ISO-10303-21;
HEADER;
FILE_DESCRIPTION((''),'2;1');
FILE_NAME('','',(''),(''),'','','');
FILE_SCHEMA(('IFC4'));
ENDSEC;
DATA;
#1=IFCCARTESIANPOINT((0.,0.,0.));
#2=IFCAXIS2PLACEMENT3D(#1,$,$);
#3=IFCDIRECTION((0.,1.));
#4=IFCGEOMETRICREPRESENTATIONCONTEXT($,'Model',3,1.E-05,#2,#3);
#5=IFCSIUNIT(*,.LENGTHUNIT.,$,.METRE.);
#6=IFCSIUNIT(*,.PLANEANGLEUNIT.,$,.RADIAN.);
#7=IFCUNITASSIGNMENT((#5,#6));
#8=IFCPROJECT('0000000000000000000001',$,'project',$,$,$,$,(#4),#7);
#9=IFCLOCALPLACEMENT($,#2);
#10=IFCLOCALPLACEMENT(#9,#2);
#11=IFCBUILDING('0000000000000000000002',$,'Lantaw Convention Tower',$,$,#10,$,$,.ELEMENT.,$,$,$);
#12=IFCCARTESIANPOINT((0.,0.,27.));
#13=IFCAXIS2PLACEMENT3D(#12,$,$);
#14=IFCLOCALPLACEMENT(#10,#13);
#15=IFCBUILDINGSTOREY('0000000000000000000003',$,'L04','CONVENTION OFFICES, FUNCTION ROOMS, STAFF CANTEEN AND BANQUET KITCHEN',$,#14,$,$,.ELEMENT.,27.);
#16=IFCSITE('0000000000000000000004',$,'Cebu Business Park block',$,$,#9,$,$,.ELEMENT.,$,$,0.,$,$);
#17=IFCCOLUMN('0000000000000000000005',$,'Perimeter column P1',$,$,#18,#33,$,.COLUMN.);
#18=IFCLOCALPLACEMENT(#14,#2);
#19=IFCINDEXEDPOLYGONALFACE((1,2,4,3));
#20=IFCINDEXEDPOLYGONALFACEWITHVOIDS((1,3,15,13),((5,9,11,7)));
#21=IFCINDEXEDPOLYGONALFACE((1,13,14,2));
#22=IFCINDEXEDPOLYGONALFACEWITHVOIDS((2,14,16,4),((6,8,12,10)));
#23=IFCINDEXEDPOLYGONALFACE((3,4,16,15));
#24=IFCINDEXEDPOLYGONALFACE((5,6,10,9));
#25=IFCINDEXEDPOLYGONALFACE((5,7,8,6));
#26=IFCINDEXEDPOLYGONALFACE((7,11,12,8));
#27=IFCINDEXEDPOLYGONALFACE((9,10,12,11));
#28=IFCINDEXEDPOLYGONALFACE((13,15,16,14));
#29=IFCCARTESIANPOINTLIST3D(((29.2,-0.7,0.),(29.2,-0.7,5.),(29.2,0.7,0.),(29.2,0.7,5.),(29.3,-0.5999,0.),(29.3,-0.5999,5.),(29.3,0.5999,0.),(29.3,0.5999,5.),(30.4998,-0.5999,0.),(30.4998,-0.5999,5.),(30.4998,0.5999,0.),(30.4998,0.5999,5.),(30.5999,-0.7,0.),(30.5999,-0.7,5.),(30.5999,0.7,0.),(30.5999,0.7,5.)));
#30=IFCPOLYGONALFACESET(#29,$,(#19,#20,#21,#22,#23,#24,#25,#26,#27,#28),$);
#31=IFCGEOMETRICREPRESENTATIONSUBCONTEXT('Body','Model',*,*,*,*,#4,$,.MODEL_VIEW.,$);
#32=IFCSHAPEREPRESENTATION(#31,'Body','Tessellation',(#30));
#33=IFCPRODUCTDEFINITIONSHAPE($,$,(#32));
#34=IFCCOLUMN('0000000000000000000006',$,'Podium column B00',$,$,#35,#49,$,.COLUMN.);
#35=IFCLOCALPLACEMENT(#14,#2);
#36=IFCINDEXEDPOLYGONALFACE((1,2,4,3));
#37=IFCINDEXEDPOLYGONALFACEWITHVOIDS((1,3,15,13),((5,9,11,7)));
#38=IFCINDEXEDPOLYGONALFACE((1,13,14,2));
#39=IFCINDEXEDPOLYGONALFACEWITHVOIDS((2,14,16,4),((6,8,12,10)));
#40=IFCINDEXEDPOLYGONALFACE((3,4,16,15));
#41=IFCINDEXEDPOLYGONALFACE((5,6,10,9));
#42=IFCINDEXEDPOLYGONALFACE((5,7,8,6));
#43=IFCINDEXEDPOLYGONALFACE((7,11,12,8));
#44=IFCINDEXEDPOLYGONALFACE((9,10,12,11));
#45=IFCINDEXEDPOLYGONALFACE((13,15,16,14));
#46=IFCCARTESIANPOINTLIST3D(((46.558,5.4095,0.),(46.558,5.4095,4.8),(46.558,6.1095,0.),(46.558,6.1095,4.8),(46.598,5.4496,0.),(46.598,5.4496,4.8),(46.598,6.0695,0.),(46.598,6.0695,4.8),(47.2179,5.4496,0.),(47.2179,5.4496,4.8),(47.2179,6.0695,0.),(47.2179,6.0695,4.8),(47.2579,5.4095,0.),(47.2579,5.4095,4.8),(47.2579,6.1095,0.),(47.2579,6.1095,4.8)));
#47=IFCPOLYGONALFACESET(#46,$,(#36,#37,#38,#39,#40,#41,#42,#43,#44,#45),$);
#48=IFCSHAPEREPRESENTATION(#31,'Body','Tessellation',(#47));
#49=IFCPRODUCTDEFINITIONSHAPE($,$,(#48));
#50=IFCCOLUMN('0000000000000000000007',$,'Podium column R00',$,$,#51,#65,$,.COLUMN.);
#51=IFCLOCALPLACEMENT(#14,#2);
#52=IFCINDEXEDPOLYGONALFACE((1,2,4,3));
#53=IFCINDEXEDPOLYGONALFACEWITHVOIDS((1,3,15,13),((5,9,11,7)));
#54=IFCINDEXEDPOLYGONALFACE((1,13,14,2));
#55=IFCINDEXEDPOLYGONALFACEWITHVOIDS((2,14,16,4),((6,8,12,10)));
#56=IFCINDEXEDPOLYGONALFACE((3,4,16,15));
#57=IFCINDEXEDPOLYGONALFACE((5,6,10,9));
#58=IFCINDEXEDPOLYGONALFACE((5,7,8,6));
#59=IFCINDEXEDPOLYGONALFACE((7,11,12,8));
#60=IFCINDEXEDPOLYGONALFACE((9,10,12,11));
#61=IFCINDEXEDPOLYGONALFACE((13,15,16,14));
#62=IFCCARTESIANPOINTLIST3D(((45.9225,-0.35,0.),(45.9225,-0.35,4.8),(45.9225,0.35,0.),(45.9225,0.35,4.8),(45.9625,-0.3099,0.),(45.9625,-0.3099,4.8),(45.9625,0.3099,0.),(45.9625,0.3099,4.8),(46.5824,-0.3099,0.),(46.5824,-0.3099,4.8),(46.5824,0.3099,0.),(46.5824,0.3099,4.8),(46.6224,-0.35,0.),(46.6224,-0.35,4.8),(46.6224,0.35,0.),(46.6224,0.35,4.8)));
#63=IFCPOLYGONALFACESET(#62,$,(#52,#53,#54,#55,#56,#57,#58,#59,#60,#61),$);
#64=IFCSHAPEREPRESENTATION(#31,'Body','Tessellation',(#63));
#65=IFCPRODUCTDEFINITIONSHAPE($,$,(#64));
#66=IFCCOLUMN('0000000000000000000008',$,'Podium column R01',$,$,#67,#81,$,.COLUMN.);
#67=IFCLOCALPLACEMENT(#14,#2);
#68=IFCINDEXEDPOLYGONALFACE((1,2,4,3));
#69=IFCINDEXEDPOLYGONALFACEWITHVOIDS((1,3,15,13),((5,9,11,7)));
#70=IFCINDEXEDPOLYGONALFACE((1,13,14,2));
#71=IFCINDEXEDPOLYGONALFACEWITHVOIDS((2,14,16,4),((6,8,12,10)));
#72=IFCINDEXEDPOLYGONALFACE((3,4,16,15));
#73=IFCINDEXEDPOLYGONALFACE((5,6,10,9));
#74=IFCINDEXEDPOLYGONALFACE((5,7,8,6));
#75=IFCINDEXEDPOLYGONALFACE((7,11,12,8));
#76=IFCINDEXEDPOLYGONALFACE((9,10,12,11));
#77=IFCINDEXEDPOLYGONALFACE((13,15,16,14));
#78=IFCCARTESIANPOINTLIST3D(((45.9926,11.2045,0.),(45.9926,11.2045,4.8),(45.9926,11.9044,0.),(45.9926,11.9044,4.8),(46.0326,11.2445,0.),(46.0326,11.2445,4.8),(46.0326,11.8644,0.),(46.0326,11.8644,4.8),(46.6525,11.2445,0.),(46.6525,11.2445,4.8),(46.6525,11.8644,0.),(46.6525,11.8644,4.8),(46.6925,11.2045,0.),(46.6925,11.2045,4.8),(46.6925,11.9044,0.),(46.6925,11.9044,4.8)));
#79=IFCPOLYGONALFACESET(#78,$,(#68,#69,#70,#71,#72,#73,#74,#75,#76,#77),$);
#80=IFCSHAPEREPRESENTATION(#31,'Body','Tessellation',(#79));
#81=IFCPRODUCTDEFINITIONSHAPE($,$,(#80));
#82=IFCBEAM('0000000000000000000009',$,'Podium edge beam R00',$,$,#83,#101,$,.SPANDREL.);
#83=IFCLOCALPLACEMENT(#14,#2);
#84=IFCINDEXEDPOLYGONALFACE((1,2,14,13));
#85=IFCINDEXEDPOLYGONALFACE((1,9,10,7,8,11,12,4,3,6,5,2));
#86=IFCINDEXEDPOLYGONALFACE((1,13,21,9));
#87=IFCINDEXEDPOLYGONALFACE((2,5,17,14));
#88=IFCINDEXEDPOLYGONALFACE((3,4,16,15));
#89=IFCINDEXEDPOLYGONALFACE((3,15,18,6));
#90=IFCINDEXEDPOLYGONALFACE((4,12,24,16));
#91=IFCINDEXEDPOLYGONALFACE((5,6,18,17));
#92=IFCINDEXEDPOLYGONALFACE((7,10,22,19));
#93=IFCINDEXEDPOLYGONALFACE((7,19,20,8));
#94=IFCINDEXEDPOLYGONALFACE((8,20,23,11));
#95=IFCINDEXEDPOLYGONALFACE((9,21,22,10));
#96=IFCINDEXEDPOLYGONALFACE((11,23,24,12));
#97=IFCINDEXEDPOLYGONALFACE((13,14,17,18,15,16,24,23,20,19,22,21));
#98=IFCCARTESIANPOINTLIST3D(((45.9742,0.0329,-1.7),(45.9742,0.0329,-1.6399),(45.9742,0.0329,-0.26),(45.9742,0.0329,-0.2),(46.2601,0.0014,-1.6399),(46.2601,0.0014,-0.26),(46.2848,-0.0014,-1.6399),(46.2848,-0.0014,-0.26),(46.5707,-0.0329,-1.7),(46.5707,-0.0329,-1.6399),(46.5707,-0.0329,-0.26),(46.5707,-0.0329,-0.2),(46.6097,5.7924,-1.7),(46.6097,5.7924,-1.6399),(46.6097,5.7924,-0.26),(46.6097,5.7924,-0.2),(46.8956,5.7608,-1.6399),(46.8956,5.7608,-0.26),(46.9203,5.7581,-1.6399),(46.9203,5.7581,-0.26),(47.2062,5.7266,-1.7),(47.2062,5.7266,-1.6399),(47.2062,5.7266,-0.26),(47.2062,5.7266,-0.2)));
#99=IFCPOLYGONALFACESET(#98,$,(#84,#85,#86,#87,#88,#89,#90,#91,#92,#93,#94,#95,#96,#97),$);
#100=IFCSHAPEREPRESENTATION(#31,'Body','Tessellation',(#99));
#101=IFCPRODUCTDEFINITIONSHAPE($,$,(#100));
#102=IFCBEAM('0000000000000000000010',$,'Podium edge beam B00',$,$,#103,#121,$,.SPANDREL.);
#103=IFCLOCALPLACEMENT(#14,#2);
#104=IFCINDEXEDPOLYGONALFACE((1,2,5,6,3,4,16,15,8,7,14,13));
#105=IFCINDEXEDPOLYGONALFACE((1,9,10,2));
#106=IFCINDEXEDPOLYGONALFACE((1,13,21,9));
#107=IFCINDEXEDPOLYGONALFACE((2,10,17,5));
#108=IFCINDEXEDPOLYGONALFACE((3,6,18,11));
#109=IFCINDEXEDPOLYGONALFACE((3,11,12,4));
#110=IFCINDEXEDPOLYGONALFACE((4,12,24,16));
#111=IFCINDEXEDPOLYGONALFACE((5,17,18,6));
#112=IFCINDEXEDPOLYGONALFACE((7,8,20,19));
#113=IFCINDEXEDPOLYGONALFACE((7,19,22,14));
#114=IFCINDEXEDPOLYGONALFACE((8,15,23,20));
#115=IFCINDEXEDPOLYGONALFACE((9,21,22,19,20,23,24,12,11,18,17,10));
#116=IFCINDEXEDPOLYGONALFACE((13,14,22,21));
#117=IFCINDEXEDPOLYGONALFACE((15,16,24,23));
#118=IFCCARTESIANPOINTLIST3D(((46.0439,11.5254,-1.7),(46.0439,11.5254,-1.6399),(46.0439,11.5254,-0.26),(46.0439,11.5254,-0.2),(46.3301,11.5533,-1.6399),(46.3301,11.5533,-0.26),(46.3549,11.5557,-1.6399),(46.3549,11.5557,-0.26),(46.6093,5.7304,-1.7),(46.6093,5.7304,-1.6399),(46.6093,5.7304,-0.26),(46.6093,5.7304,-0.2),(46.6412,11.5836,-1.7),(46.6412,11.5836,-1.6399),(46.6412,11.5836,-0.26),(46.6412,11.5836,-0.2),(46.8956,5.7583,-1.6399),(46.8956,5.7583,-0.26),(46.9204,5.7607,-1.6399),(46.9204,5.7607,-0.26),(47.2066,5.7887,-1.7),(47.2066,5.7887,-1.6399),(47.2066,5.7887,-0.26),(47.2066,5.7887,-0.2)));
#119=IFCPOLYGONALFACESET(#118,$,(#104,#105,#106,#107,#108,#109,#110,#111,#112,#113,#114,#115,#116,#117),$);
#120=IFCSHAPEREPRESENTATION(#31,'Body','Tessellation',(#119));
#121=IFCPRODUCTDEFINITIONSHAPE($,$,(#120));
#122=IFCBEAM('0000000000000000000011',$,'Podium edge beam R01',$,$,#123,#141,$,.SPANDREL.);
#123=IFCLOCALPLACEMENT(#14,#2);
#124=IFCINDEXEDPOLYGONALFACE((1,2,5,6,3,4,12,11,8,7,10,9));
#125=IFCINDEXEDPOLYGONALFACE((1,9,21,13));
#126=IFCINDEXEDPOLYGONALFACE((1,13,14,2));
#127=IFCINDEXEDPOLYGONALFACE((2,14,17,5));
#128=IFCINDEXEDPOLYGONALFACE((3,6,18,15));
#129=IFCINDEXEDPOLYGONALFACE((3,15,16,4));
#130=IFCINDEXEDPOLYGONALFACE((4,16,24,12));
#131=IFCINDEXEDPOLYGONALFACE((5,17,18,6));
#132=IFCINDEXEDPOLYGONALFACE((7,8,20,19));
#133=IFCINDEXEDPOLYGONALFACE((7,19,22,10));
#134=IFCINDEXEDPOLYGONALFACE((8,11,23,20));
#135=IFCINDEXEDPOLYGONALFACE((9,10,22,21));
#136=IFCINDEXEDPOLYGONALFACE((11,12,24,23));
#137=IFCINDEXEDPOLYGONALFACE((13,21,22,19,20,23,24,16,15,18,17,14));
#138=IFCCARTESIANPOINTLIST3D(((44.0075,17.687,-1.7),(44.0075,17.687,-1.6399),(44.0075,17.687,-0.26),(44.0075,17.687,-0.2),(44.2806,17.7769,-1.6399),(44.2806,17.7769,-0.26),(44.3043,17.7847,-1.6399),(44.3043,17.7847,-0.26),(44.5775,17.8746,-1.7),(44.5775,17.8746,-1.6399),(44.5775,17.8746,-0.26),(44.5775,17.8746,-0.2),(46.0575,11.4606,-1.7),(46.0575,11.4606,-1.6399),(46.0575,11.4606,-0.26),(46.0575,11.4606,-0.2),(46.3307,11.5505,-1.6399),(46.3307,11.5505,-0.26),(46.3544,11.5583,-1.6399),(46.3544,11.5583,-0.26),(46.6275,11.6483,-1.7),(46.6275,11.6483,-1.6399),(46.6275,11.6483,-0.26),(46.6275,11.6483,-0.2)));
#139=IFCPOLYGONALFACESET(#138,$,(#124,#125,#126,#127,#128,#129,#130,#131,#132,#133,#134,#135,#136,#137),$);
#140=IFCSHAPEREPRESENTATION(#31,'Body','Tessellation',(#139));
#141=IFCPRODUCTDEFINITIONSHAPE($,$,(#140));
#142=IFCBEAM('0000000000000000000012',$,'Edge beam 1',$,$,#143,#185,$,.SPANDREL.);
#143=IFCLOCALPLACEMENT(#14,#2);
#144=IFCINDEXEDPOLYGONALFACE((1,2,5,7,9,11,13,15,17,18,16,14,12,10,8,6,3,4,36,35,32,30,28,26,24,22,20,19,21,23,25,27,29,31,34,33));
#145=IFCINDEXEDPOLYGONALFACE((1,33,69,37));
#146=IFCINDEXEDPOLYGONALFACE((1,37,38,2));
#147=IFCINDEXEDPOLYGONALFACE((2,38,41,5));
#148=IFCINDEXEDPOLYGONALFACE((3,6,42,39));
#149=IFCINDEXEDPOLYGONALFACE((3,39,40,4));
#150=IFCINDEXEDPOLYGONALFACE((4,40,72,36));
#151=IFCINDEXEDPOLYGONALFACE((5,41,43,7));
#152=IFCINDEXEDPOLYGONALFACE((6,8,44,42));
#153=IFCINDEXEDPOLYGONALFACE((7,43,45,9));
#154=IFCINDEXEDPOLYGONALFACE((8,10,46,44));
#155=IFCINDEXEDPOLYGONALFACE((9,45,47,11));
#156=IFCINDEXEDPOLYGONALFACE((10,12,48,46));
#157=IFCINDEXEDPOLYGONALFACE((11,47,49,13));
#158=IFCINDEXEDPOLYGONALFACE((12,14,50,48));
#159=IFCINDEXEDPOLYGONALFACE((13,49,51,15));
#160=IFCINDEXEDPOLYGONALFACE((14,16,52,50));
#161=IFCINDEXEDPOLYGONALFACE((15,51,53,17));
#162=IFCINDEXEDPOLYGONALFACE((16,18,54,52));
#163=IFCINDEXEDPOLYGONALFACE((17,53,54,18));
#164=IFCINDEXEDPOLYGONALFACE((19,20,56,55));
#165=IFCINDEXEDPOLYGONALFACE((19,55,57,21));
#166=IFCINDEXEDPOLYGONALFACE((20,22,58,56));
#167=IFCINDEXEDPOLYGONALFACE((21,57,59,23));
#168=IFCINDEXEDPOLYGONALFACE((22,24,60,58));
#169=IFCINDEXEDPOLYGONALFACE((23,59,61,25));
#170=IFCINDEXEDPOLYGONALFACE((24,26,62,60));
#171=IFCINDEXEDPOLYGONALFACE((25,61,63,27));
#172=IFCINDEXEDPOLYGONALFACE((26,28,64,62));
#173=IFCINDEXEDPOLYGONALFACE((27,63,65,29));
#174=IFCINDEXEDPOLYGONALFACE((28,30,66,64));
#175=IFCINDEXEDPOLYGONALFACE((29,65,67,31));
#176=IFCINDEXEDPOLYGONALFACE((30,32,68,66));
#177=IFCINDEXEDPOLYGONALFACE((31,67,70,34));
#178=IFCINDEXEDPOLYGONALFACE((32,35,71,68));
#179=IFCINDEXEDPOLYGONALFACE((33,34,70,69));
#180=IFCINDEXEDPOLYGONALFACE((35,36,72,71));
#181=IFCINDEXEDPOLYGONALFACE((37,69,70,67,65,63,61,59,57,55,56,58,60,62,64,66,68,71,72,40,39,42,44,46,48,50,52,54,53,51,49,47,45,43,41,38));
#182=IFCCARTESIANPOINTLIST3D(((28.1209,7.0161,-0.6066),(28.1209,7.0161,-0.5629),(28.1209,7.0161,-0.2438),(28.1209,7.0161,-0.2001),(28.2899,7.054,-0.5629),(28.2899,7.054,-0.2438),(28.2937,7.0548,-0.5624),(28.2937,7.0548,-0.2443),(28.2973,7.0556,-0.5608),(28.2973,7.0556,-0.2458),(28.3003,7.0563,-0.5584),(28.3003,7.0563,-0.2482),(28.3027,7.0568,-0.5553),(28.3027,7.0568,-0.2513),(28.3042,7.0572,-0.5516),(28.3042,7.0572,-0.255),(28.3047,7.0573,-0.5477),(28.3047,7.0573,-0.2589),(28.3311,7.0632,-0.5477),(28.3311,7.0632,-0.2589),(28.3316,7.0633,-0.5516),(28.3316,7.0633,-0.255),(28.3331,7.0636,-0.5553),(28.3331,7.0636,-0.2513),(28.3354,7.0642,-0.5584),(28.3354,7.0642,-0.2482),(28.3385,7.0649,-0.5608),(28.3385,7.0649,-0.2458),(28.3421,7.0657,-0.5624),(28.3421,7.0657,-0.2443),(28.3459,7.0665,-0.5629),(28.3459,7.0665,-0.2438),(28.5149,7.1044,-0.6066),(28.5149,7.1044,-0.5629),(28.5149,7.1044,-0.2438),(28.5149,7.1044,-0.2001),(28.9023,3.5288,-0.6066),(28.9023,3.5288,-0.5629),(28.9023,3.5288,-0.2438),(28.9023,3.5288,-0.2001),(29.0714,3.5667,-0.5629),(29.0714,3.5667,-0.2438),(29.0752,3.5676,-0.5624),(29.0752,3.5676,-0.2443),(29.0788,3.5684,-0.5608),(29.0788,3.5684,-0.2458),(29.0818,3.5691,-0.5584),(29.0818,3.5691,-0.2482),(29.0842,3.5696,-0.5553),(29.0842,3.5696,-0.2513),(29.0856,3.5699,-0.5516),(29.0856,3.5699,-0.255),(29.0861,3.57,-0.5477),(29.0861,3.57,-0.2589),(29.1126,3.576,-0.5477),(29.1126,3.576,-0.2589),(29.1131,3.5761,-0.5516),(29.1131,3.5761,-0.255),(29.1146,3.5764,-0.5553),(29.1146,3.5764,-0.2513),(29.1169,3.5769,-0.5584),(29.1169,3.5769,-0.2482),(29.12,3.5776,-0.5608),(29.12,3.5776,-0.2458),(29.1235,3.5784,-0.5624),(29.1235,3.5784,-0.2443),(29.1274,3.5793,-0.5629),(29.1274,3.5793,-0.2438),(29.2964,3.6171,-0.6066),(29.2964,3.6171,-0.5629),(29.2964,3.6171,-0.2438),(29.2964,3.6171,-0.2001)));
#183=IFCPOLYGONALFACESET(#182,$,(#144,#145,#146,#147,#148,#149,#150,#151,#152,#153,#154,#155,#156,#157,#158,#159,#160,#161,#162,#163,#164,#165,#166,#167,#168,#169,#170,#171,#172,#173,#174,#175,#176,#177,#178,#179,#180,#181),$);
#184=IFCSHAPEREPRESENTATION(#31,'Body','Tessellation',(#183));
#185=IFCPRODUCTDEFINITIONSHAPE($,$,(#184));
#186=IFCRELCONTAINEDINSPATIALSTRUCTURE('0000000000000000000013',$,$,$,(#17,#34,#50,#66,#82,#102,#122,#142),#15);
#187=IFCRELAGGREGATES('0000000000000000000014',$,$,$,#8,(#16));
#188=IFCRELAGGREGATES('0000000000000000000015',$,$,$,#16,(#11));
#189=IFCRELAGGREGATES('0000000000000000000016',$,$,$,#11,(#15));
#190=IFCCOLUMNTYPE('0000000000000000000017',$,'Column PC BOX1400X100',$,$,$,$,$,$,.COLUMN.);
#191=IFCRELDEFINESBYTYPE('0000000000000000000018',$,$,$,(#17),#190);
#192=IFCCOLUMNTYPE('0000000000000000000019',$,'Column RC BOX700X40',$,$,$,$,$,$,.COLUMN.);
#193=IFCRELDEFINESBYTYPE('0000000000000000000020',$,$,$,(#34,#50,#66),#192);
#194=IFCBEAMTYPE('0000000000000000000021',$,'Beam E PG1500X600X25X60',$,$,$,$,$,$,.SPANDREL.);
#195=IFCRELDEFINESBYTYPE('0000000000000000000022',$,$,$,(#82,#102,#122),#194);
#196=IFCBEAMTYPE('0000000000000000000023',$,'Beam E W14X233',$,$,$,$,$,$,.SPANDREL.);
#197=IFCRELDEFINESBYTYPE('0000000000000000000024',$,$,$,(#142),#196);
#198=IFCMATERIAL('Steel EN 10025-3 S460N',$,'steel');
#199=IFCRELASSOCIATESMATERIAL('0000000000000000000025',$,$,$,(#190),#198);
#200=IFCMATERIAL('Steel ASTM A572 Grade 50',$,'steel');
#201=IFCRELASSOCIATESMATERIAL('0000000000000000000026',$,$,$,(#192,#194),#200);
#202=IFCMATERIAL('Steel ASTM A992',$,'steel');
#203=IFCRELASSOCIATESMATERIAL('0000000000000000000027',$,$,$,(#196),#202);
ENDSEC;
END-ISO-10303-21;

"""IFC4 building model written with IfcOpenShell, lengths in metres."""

from ifc_helpers import new_model, si_unit, direction, frame, origin, origin_2d, place, context, subcontext, project, spatial, rectangle, hollow_rectangle, i_section, extrude, material, material_profile, profile_set, type_object, element, save


model = new_model("IFC4")

# Units and contexts
model_context = context("Model", 3, precision=1e-05, world=origin(), true_north=direction((0.0, 1.0)))
body_context = subcontext(model_context, "Body", "Model", "MODEL_VIEW")
ifc_project = project(units=[si_unit("LENGTHUNIT", "METRE"), si_unit("PLANEANGLEUNIT", "RADIAN")], contexts=[model_context])

# Site, building, storey
site_placement = place(None, origin())
site = spatial("IfcSite", under=ifc_project, at=site_placement, Name="Cebu Business Park block", CompositionType="ELEMENT", RefElevation=0.0)
building_placement = place(site_placement, origin())
building = spatial("IfcBuilding", under=site, at=building_placement, Name="Lantaw Convention Tower", CompositionType="ELEMENT")
storey_placement = place(building_placement, frame((0.0, 0.0, 27.0)))
storey = spatial("IfcBuildingStorey", under=building, at=storey_placement, Name="L04", Description="CONVENTION OFFICES, FUNCTION ROOMS, STAFF CANTEEN AND BANQUET KITCHEN", CompositionType="ELEMENT", Elevation=27.0)

# Columns
ifc_material_1 = material(Name="Steel EN 10025-3 S460N", Category="steel")
ifc_material_profile_1 = material_profile(ifc_material_1, hollow_rectangle(XDim=1.3999, YDim=1.3999, WallThickness=0.1001, at=origin_2d()), Name="BOX1400X100")
ifc_material_2 = material(Name="Concrete C60/75", Category="concrete")
ifc_material_profile_2 = material_profile(ifc_material_2, rectangle(XDim=1.2, YDim=1.2, at=origin_2d()), Name="Concrete fill of BOX1400X100")
ifc_profile_set_1 = profile_set([ifc_material_profile_1, ifc_material_profile_2], Name="Steel EN 10025-3 S460N")
column_type_1 = type_object("IfcColumnType", Name="Column PC BOX1400X100", PredefinedType="COLUMN", material=ifc_profile_set_1)
column_placement = place(storey_placement, frame((29.8999, 0.0, 0.0), z_axis=(0.0, 0.0, 1.0), x_axis=(1.0, 0.0, 0.0)))
element("IfcColumn", 1, at=column_placement, inside=storey, type_object=column_type_1, Name="Perimeter column P1", PredefinedType="COLUMN", context=body_context, shape_type="SweptSolid", body=[
    extrude(hollow_rectangle(XDim=1.3999, YDim=1.3999, WallThickness=0.1001, at=origin_2d()), origin(), (0.0, 0.0, 1.0), 5.0),
])
ifc_material_3 = material(Name="Steel ASTM A572 Grade 50", Category="steel")
ifc_material_profile_3 = material_profile(ifc_material_3, hollow_rectangle(XDim=0.7, YDim=0.7, WallThickness=0.04, at=origin_2d()), Name="BOX700X40")
ifc_profile_set_2 = profile_set([ifc_material_profile_3], Name="Steel ASTM A572 Grade 50")
column_type_2 = type_object("IfcColumnType", Name="Column RC BOX700X40", PredefinedType="COLUMN", material=ifc_profile_set_2)
for number, where, z_axis, x_axis, name in (
    (2, (46.908, 5.7595, 0.0), (0.0, 0.0, 1.0), (1.0, 0.0, 0.0), "Podium column B00"),
    (3, (46.2725, 0.0, 0.0), (0.0, 0.0, 1.0), (1.0, 0.0, 0.0), "Podium column R00"),
    (4, (46.3425, 11.5544, 0.0), (0.0, 0.0, 1.0), (1.0, 0.0, 0.0), "Podium column R01"),
):
    element("IfcColumn", number, at=place(storey_placement, frame(where, z_axis=z_axis, x_axis=x_axis)), inside=storey, type_object=column_type_2, Name=name, PredefinedType="COLUMN", context=body_context, shape_type="SweptSolid", body=[
        extrude(hollow_rectangle(XDim=0.7, YDim=0.7, WallThickness=0.04, at=origin_2d()), origin(), (0.0, 0.0, 1.0), 4.8),
    ])

# Beams
ifc_material_profile_4 = material_profile(ifc_material_3, i_section(OverallWidth=0.6001, OverallDepth=1.5, WebThickness=0.0249, FlangeThickness=0.0601, at=origin_2d()), Name="PG1500X600X25X60")
ifc_profile_set_3 = profile_set([ifc_material_profile_4], Name="Steel ASTM A572 Grade 50")
beam_type_1 = type_object("IfcBeamType", Name="Beam E PG1500X600X25X60", PredefinedType="SPANDREL", material=ifc_profile_set_3)
beam_1_placement = place(storey_placement, frame((46.2725, 0.0, -0.95), z_axis=(0.109673, 0.993968, 0.0), x_axis=(-0.993968, 0.109673, 0.0)))
element("IfcBeam", 5, at=beam_1_placement, inside=storey, type_object=beam_type_1, Name="Podium edge beam R00", PredefinedType="SPANDREL", context=body_context, shape_type="SweptSolid", body=[
    extrude(i_section(OverallWidth=0.6001, OverallDepth=1.5, WebThickness=0.0249, FlangeThickness=0.0601, at=origin_2d()), origin(), (0.0, 0.0, 1.0), 5.7944),
])
beam_2_placement = place(storey_placement, frame((46.908, 5.7595, -0.95), z_axis=(-0.097112, 0.995273, 0.0), x_axis=(-0.995273, -0.097112, 0.0)))
element("IfcBeam", 6, at=beam_2_placement, inside=storey, type_object=beam_type_1, Name="Podium edge beam B00", PredefinedType="SPANDREL", context=body_context, shape_type="SweptSolid", body=[
    extrude(i_section(OverallWidth=0.6001, OverallDepth=1.5, WebThickness=0.0249, FlangeThickness=0.0601, at=origin_2d()), origin(), (0.0, 0.0, 1.0), 5.8225),
])
beam_3_placement = place(storey_placement, frame((46.3425, 11.5544, -0.95), z_axis=(-0.31274, 0.949839, 0.0), x_axis=(-0.949839, -0.31274, 0.0)))
element("IfcBeam", 7, at=beam_3_placement, inside=storey, type_object=beam_type_1, Name="Podium edge beam R01", PredefinedType="SPANDREL", context=body_context, shape_type="SweptSolid", body=[
    extrude(i_section(OverallWidth=0.6001, OverallDepth=1.5, WebThickness=0.0249, FlangeThickness=0.0601, at=origin_2d()), origin(), (0.0, 0.0, 1.0), 6.5552),
])
ifc_material_4 = material(Name="Steel ASTM A992", Category="steel")
ifc_material_profile_5 = material_profile(ifc_material_4, i_section(OverallWidth=0.4038, OverallDepth=0.4065, WebThickness=0.0271, FlangeThickness=0.0437, FilletRadius=0.0151, at=origin_2d()), Name="W14X233")
ifc_profile_set_4 = profile_set([ifc_material_profile_5], Name="Steel ASTM A992")
beam_type_2 = type_object("IfcBeamType", Name="Beam E W14X233", PredefinedType="SPANDREL", material=ifc_profile_set_4)
beam_4_placement = place(storey_placement, frame((29.0994, 3.573, -0.4033), z_axis=(-0.218673, 0.975798, 0.0), x_axis=(-0.975798, -0.218673, 0.0)))
element("IfcBeam", 8, at=beam_4_placement, inside=storey, type_object=beam_type_2, Name="Edge beam 1", PredefinedType="SPANDREL", context=body_context, shape_type="SweptSolid", body=[
    extrude(i_section(OverallWidth=0.4038, OverallDepth=0.4065, WebThickness=0.0271, FlangeThickness=0.0437, FilletRadius=0.0151, at=origin_2d()), origin(), (0.0, 0.0, 1.0), 3.5737),
])

save(model, "model.ifc")
